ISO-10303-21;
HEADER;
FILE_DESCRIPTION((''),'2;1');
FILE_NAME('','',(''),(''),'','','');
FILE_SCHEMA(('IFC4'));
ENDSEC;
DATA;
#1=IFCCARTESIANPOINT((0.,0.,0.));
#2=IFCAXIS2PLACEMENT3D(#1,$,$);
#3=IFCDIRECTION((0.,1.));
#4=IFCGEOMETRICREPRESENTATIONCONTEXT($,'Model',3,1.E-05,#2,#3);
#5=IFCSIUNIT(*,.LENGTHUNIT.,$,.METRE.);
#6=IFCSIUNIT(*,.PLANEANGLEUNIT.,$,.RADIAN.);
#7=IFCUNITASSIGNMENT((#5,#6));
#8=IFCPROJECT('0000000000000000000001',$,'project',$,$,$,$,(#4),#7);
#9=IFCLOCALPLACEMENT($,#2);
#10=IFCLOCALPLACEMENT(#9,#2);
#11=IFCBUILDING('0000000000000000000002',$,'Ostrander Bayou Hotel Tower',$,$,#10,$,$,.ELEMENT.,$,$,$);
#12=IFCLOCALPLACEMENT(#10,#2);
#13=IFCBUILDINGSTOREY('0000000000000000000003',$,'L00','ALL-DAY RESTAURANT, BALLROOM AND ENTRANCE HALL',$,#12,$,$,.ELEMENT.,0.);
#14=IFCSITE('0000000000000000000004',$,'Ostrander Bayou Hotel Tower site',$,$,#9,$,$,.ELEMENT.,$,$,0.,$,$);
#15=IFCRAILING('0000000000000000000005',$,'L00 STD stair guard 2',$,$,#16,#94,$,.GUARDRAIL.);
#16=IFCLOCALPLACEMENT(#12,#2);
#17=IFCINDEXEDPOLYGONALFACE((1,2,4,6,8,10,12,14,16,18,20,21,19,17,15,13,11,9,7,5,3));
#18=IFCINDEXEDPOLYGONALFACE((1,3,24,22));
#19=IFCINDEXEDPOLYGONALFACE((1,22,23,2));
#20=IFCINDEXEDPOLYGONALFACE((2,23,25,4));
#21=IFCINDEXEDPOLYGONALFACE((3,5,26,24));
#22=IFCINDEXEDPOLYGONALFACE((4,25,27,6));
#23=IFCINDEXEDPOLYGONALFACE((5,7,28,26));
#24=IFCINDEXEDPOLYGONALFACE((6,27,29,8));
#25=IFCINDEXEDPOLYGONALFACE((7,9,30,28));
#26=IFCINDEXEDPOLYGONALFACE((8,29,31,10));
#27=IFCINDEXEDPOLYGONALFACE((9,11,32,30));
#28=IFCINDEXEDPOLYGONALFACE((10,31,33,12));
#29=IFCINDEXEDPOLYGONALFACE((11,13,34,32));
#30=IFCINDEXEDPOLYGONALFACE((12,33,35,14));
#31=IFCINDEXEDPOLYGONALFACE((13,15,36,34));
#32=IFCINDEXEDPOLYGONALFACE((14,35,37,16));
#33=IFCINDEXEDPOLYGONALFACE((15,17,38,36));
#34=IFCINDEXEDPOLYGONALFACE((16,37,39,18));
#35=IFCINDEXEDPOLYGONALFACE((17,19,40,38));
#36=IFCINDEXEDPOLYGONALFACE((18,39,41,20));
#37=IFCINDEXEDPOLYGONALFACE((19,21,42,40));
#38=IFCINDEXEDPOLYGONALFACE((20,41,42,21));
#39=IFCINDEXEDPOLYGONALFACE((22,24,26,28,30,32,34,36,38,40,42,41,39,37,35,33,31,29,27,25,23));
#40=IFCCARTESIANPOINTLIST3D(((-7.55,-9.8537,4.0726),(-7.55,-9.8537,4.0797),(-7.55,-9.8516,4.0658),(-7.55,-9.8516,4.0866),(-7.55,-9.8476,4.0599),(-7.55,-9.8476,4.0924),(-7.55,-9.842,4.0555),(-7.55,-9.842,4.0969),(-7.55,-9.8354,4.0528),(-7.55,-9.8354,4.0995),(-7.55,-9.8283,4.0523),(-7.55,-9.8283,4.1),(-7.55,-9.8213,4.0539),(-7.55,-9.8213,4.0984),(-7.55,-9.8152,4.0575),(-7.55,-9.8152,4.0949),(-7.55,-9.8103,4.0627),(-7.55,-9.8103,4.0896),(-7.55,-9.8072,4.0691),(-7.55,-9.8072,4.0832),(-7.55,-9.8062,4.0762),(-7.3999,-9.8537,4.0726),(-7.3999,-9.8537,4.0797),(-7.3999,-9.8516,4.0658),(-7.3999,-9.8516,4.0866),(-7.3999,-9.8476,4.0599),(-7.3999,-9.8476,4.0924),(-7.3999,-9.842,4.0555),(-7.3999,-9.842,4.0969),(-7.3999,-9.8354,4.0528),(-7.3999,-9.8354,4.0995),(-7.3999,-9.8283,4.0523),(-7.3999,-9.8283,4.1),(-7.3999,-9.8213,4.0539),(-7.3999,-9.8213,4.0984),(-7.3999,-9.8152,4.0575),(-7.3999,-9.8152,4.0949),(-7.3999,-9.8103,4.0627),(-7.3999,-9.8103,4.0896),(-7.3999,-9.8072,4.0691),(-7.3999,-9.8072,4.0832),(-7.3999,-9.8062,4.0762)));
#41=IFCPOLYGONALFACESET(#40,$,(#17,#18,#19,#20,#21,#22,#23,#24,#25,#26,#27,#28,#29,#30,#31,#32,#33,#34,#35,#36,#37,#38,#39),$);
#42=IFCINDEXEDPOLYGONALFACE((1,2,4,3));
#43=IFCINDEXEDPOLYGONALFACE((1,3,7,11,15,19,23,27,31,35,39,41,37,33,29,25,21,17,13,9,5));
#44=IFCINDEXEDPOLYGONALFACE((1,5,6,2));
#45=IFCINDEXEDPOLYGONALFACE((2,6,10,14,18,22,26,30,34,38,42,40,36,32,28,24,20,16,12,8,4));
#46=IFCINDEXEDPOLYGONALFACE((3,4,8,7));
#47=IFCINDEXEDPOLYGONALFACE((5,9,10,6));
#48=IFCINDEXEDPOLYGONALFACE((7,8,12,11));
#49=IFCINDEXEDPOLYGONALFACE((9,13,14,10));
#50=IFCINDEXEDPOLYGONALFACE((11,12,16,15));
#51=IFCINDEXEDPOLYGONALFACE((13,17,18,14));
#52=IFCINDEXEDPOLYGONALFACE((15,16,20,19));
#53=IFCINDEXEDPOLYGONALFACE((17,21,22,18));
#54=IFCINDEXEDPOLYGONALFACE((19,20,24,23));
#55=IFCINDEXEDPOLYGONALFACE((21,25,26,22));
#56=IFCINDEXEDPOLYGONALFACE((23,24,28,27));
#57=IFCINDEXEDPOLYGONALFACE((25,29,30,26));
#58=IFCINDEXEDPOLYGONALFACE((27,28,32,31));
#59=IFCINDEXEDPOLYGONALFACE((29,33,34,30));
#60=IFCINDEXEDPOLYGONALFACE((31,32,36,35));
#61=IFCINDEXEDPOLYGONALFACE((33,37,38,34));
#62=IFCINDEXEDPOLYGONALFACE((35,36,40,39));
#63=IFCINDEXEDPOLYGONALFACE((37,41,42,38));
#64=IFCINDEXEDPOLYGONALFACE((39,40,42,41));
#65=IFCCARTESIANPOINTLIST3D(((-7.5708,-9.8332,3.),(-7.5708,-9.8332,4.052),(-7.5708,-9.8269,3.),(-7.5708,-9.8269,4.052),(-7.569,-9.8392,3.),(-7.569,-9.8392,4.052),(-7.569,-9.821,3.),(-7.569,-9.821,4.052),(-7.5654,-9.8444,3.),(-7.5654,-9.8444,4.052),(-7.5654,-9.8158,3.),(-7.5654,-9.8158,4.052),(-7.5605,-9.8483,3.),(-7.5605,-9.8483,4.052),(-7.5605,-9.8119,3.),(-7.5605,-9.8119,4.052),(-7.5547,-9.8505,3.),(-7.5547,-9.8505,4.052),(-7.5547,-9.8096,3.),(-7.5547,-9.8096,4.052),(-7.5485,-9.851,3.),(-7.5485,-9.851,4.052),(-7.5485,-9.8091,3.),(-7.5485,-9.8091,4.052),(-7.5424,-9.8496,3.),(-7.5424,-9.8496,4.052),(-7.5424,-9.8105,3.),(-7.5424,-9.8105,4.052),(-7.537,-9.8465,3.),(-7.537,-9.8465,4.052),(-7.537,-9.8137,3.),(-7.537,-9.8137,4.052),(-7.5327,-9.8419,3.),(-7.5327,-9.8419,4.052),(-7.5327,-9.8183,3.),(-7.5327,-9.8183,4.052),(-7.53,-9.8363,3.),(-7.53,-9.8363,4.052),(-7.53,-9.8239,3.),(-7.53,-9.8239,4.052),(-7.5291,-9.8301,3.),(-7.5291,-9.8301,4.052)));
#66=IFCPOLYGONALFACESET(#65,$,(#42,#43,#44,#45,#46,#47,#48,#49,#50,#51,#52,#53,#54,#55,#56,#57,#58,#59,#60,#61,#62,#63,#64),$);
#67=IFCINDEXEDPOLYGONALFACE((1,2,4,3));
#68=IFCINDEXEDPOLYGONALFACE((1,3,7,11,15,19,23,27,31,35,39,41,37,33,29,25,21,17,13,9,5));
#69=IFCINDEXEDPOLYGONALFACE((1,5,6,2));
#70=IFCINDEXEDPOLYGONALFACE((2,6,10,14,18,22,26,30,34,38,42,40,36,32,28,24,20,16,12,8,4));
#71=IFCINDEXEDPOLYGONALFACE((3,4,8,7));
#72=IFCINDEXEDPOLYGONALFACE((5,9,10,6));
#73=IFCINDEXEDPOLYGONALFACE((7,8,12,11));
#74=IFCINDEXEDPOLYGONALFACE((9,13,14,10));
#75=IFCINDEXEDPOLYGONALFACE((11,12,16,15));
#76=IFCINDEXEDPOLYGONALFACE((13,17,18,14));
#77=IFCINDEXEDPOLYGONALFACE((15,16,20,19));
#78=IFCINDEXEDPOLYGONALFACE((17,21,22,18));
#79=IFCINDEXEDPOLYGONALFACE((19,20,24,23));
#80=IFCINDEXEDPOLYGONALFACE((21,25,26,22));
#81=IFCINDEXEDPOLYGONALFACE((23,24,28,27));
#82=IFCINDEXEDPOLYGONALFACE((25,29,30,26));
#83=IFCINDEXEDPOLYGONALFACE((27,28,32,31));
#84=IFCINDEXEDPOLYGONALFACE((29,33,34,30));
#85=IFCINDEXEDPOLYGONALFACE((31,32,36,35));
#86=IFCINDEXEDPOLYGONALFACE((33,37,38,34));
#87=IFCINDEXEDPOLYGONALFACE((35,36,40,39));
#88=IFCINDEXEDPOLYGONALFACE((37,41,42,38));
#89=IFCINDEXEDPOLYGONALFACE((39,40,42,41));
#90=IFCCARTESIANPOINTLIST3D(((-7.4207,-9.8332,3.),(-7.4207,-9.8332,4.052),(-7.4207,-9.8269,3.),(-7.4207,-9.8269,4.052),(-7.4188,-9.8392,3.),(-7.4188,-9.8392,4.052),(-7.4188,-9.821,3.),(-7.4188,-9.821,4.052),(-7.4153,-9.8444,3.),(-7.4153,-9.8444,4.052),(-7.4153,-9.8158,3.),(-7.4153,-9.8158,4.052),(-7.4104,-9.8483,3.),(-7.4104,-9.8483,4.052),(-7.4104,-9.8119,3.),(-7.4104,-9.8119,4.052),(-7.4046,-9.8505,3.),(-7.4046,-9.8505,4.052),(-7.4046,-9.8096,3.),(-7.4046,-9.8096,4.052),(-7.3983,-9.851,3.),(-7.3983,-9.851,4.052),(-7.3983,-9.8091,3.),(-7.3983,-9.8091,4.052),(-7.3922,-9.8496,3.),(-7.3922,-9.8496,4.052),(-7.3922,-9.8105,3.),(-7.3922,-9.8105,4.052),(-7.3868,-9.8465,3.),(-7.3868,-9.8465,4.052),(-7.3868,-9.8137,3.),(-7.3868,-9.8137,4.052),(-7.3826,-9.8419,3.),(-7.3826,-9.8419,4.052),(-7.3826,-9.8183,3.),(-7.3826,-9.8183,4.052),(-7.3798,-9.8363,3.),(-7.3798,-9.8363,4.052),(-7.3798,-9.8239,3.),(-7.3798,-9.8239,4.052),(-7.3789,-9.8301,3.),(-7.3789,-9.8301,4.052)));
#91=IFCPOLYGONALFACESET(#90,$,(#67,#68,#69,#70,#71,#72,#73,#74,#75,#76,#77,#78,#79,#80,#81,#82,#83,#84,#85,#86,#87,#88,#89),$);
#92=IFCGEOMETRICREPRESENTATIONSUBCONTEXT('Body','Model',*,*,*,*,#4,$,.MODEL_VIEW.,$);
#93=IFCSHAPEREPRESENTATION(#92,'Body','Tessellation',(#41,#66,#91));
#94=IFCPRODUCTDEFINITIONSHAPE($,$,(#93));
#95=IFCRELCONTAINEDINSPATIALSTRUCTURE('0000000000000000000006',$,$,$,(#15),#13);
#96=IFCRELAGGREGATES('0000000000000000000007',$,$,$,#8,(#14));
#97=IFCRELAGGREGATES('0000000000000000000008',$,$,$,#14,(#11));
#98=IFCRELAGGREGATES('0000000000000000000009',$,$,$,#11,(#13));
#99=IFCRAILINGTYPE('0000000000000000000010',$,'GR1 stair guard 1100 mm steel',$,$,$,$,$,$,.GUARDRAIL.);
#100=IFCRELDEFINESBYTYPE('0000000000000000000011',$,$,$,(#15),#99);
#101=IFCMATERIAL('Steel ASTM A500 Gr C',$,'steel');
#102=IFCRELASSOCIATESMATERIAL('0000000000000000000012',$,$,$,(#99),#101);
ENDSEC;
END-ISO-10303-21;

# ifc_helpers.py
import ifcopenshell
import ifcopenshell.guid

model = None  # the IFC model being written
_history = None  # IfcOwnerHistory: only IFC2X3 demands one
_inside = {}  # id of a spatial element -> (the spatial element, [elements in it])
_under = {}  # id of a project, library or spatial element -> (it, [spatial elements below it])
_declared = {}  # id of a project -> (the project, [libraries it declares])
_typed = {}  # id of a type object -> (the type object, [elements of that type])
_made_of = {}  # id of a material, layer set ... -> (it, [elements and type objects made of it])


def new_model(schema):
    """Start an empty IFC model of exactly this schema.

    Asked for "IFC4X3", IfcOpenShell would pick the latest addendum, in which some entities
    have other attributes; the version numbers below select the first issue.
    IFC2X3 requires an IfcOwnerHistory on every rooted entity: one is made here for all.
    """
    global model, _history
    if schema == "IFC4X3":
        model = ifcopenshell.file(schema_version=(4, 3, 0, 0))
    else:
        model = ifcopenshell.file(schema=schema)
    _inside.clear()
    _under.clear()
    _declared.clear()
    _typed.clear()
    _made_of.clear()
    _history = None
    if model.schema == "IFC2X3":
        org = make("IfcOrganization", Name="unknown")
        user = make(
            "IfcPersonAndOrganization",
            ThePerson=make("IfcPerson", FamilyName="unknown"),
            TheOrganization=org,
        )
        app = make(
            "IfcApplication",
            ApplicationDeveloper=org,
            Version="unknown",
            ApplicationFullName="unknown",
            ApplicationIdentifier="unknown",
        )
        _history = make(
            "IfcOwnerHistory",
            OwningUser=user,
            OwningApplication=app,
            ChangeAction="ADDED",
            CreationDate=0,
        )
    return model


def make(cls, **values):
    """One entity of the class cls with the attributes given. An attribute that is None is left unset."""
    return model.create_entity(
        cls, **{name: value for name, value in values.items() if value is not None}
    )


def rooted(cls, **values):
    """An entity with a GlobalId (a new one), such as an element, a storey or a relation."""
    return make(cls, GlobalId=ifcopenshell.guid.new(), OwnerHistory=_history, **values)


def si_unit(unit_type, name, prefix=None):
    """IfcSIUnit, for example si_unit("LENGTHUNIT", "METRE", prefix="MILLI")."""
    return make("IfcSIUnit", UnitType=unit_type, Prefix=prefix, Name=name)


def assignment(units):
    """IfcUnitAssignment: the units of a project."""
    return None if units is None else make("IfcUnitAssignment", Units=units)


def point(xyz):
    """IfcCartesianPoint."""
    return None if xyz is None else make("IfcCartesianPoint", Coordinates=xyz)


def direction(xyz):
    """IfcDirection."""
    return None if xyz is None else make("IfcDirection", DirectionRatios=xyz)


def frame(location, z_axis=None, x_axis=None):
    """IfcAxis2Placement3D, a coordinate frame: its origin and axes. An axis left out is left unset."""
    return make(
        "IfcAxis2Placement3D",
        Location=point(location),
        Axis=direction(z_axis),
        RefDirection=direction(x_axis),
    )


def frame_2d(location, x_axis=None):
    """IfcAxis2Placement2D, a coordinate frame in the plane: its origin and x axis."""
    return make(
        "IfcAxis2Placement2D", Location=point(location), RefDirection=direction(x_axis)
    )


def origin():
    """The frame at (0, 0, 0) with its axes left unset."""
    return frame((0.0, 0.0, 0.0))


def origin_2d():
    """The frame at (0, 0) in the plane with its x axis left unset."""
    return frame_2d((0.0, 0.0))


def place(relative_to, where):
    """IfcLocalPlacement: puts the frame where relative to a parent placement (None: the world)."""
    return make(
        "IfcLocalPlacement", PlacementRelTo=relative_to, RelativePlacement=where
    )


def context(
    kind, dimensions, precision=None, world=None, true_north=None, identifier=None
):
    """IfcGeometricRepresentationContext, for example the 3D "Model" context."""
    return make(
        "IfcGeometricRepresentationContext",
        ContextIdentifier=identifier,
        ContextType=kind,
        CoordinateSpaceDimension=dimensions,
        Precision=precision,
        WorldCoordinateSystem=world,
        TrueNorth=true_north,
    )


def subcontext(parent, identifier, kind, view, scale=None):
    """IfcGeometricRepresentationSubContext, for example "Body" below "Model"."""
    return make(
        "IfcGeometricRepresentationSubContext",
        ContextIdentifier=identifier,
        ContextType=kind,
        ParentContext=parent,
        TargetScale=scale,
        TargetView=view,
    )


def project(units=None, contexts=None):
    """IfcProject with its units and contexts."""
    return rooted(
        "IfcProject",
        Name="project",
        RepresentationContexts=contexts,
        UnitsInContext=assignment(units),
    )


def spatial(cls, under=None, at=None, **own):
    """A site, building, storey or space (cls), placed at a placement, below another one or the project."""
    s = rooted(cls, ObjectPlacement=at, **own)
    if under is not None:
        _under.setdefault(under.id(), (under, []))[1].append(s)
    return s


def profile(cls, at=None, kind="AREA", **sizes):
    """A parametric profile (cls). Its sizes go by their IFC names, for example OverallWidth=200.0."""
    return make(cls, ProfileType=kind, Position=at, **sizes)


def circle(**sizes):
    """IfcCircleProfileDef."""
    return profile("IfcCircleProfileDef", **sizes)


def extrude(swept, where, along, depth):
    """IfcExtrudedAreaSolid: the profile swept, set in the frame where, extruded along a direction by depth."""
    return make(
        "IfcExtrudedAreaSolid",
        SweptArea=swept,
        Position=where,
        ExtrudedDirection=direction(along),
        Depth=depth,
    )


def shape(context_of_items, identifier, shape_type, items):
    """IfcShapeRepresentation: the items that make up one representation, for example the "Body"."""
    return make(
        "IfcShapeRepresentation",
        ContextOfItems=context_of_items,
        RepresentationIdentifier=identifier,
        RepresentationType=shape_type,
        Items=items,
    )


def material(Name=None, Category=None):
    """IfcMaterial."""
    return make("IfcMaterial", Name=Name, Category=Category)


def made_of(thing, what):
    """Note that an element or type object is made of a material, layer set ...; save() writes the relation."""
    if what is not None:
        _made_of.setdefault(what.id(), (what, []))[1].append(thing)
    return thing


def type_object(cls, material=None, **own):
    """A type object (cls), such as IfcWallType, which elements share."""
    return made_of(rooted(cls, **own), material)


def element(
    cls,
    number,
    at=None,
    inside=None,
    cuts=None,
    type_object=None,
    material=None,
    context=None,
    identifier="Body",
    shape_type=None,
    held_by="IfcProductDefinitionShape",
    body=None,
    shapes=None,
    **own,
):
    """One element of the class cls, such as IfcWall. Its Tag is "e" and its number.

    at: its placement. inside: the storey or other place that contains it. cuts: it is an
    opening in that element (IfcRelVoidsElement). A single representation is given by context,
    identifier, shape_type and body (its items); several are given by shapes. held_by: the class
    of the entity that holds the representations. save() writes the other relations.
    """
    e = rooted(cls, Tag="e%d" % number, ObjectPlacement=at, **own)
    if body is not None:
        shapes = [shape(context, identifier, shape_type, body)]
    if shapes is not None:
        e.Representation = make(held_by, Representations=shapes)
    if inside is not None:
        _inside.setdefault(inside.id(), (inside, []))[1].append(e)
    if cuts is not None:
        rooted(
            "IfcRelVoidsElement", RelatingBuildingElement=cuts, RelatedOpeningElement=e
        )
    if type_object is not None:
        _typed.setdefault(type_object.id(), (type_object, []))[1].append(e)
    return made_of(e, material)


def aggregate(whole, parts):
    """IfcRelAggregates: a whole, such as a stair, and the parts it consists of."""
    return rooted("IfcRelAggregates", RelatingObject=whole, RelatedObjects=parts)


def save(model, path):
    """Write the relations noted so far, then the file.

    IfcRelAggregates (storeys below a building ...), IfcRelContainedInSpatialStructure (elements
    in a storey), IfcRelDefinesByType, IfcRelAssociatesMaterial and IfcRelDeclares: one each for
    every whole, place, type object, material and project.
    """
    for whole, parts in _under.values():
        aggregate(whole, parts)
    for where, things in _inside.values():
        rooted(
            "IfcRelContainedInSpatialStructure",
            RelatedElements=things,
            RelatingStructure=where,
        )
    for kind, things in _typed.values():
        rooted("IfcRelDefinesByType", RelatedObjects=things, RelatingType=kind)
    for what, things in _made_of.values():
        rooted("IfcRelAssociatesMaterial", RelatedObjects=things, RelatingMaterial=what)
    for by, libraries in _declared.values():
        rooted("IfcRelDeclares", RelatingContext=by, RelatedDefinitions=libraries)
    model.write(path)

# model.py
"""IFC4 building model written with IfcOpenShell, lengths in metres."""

from ifc_helpers import new_model, si_unit, direction, frame, origin, origin_2d, place, context, subcontext, project, spatial, circle, extrude, material, type_object, element, save


model = new_model("IFC4")

# Units and contexts
model_context = context("Model", 3, precision=1e-05, world=origin(), true_north=direction((0.0, 1.0)))
body_context = subcontext(model_context, "Body", "Model", "MODEL_VIEW")
ifc_project = project(units=[si_unit("LENGTHUNIT", "METRE"), si_unit("PLANEANGLEUNIT", "RADIAN")], contexts=[model_context])

# Site, building, storey
site_placement = place(None, origin())
site = spatial("IfcSite", under=ifc_project, at=site_placement, Name="Ostrander Bayou Hotel Tower site", CompositionType="ELEMENT", RefElevation=0.0)
building_placement = place(site_placement, origin())
building = spatial("IfcBuilding", under=site, at=building_placement, Name="Ostrander Bayou Hotel Tower", CompositionType="ELEMENT")
storey_placement = place(building_placement, origin())
storey = spatial("IfcBuildingStorey", under=building, at=storey_placement, Name="L00", Description="ALL-DAY RESTAURANT, BALLROOM AND ENTRANCE HALL", CompositionType="ELEMENT", Elevation=0.0)

# Railing
ifc_material_1 = material(Name="Steel ASTM A500 Gr C", Category="steel")
railing_type_1 = type_object("IfcRailingType", Name="GR1 stair guard 1100 mm steel", PredefinedType="GUARDRAIL", material=ifc_material_1)
railing_1_placement = place(storey_placement, frame((-7.55, -9.8301, 3.0)))
element("IfcRailing", 1, at=railing_1_placement, inside=storey, type_object=railing_type_1, Name="L00 STD stair guard 2", PredefinedType="GUARDRAIL", context=body_context, shape_type="SweptSolid", body=[
    extrude(circle(Radius=0.0239, at=origin_2d()), frame((0.0, 0.0, 1.0762), z_axis=(1.0, 0.0, 0.0), x_axis=(0.0, 1.0, 0.0)), (0.0, 0.0, 1.0), 0.1501),
    extrude(circle(Radius=0.021, at=origin_2d()), origin(), (0.0, 0.0, 1.0), 1.052),
    extrude(circle(Radius=0.021, at=origin_2d()), frame((0.1501, 0.0, 0.0)), (0.0, 0.0, 1.0), 1.052),
])

save(model, "model.ifc")
